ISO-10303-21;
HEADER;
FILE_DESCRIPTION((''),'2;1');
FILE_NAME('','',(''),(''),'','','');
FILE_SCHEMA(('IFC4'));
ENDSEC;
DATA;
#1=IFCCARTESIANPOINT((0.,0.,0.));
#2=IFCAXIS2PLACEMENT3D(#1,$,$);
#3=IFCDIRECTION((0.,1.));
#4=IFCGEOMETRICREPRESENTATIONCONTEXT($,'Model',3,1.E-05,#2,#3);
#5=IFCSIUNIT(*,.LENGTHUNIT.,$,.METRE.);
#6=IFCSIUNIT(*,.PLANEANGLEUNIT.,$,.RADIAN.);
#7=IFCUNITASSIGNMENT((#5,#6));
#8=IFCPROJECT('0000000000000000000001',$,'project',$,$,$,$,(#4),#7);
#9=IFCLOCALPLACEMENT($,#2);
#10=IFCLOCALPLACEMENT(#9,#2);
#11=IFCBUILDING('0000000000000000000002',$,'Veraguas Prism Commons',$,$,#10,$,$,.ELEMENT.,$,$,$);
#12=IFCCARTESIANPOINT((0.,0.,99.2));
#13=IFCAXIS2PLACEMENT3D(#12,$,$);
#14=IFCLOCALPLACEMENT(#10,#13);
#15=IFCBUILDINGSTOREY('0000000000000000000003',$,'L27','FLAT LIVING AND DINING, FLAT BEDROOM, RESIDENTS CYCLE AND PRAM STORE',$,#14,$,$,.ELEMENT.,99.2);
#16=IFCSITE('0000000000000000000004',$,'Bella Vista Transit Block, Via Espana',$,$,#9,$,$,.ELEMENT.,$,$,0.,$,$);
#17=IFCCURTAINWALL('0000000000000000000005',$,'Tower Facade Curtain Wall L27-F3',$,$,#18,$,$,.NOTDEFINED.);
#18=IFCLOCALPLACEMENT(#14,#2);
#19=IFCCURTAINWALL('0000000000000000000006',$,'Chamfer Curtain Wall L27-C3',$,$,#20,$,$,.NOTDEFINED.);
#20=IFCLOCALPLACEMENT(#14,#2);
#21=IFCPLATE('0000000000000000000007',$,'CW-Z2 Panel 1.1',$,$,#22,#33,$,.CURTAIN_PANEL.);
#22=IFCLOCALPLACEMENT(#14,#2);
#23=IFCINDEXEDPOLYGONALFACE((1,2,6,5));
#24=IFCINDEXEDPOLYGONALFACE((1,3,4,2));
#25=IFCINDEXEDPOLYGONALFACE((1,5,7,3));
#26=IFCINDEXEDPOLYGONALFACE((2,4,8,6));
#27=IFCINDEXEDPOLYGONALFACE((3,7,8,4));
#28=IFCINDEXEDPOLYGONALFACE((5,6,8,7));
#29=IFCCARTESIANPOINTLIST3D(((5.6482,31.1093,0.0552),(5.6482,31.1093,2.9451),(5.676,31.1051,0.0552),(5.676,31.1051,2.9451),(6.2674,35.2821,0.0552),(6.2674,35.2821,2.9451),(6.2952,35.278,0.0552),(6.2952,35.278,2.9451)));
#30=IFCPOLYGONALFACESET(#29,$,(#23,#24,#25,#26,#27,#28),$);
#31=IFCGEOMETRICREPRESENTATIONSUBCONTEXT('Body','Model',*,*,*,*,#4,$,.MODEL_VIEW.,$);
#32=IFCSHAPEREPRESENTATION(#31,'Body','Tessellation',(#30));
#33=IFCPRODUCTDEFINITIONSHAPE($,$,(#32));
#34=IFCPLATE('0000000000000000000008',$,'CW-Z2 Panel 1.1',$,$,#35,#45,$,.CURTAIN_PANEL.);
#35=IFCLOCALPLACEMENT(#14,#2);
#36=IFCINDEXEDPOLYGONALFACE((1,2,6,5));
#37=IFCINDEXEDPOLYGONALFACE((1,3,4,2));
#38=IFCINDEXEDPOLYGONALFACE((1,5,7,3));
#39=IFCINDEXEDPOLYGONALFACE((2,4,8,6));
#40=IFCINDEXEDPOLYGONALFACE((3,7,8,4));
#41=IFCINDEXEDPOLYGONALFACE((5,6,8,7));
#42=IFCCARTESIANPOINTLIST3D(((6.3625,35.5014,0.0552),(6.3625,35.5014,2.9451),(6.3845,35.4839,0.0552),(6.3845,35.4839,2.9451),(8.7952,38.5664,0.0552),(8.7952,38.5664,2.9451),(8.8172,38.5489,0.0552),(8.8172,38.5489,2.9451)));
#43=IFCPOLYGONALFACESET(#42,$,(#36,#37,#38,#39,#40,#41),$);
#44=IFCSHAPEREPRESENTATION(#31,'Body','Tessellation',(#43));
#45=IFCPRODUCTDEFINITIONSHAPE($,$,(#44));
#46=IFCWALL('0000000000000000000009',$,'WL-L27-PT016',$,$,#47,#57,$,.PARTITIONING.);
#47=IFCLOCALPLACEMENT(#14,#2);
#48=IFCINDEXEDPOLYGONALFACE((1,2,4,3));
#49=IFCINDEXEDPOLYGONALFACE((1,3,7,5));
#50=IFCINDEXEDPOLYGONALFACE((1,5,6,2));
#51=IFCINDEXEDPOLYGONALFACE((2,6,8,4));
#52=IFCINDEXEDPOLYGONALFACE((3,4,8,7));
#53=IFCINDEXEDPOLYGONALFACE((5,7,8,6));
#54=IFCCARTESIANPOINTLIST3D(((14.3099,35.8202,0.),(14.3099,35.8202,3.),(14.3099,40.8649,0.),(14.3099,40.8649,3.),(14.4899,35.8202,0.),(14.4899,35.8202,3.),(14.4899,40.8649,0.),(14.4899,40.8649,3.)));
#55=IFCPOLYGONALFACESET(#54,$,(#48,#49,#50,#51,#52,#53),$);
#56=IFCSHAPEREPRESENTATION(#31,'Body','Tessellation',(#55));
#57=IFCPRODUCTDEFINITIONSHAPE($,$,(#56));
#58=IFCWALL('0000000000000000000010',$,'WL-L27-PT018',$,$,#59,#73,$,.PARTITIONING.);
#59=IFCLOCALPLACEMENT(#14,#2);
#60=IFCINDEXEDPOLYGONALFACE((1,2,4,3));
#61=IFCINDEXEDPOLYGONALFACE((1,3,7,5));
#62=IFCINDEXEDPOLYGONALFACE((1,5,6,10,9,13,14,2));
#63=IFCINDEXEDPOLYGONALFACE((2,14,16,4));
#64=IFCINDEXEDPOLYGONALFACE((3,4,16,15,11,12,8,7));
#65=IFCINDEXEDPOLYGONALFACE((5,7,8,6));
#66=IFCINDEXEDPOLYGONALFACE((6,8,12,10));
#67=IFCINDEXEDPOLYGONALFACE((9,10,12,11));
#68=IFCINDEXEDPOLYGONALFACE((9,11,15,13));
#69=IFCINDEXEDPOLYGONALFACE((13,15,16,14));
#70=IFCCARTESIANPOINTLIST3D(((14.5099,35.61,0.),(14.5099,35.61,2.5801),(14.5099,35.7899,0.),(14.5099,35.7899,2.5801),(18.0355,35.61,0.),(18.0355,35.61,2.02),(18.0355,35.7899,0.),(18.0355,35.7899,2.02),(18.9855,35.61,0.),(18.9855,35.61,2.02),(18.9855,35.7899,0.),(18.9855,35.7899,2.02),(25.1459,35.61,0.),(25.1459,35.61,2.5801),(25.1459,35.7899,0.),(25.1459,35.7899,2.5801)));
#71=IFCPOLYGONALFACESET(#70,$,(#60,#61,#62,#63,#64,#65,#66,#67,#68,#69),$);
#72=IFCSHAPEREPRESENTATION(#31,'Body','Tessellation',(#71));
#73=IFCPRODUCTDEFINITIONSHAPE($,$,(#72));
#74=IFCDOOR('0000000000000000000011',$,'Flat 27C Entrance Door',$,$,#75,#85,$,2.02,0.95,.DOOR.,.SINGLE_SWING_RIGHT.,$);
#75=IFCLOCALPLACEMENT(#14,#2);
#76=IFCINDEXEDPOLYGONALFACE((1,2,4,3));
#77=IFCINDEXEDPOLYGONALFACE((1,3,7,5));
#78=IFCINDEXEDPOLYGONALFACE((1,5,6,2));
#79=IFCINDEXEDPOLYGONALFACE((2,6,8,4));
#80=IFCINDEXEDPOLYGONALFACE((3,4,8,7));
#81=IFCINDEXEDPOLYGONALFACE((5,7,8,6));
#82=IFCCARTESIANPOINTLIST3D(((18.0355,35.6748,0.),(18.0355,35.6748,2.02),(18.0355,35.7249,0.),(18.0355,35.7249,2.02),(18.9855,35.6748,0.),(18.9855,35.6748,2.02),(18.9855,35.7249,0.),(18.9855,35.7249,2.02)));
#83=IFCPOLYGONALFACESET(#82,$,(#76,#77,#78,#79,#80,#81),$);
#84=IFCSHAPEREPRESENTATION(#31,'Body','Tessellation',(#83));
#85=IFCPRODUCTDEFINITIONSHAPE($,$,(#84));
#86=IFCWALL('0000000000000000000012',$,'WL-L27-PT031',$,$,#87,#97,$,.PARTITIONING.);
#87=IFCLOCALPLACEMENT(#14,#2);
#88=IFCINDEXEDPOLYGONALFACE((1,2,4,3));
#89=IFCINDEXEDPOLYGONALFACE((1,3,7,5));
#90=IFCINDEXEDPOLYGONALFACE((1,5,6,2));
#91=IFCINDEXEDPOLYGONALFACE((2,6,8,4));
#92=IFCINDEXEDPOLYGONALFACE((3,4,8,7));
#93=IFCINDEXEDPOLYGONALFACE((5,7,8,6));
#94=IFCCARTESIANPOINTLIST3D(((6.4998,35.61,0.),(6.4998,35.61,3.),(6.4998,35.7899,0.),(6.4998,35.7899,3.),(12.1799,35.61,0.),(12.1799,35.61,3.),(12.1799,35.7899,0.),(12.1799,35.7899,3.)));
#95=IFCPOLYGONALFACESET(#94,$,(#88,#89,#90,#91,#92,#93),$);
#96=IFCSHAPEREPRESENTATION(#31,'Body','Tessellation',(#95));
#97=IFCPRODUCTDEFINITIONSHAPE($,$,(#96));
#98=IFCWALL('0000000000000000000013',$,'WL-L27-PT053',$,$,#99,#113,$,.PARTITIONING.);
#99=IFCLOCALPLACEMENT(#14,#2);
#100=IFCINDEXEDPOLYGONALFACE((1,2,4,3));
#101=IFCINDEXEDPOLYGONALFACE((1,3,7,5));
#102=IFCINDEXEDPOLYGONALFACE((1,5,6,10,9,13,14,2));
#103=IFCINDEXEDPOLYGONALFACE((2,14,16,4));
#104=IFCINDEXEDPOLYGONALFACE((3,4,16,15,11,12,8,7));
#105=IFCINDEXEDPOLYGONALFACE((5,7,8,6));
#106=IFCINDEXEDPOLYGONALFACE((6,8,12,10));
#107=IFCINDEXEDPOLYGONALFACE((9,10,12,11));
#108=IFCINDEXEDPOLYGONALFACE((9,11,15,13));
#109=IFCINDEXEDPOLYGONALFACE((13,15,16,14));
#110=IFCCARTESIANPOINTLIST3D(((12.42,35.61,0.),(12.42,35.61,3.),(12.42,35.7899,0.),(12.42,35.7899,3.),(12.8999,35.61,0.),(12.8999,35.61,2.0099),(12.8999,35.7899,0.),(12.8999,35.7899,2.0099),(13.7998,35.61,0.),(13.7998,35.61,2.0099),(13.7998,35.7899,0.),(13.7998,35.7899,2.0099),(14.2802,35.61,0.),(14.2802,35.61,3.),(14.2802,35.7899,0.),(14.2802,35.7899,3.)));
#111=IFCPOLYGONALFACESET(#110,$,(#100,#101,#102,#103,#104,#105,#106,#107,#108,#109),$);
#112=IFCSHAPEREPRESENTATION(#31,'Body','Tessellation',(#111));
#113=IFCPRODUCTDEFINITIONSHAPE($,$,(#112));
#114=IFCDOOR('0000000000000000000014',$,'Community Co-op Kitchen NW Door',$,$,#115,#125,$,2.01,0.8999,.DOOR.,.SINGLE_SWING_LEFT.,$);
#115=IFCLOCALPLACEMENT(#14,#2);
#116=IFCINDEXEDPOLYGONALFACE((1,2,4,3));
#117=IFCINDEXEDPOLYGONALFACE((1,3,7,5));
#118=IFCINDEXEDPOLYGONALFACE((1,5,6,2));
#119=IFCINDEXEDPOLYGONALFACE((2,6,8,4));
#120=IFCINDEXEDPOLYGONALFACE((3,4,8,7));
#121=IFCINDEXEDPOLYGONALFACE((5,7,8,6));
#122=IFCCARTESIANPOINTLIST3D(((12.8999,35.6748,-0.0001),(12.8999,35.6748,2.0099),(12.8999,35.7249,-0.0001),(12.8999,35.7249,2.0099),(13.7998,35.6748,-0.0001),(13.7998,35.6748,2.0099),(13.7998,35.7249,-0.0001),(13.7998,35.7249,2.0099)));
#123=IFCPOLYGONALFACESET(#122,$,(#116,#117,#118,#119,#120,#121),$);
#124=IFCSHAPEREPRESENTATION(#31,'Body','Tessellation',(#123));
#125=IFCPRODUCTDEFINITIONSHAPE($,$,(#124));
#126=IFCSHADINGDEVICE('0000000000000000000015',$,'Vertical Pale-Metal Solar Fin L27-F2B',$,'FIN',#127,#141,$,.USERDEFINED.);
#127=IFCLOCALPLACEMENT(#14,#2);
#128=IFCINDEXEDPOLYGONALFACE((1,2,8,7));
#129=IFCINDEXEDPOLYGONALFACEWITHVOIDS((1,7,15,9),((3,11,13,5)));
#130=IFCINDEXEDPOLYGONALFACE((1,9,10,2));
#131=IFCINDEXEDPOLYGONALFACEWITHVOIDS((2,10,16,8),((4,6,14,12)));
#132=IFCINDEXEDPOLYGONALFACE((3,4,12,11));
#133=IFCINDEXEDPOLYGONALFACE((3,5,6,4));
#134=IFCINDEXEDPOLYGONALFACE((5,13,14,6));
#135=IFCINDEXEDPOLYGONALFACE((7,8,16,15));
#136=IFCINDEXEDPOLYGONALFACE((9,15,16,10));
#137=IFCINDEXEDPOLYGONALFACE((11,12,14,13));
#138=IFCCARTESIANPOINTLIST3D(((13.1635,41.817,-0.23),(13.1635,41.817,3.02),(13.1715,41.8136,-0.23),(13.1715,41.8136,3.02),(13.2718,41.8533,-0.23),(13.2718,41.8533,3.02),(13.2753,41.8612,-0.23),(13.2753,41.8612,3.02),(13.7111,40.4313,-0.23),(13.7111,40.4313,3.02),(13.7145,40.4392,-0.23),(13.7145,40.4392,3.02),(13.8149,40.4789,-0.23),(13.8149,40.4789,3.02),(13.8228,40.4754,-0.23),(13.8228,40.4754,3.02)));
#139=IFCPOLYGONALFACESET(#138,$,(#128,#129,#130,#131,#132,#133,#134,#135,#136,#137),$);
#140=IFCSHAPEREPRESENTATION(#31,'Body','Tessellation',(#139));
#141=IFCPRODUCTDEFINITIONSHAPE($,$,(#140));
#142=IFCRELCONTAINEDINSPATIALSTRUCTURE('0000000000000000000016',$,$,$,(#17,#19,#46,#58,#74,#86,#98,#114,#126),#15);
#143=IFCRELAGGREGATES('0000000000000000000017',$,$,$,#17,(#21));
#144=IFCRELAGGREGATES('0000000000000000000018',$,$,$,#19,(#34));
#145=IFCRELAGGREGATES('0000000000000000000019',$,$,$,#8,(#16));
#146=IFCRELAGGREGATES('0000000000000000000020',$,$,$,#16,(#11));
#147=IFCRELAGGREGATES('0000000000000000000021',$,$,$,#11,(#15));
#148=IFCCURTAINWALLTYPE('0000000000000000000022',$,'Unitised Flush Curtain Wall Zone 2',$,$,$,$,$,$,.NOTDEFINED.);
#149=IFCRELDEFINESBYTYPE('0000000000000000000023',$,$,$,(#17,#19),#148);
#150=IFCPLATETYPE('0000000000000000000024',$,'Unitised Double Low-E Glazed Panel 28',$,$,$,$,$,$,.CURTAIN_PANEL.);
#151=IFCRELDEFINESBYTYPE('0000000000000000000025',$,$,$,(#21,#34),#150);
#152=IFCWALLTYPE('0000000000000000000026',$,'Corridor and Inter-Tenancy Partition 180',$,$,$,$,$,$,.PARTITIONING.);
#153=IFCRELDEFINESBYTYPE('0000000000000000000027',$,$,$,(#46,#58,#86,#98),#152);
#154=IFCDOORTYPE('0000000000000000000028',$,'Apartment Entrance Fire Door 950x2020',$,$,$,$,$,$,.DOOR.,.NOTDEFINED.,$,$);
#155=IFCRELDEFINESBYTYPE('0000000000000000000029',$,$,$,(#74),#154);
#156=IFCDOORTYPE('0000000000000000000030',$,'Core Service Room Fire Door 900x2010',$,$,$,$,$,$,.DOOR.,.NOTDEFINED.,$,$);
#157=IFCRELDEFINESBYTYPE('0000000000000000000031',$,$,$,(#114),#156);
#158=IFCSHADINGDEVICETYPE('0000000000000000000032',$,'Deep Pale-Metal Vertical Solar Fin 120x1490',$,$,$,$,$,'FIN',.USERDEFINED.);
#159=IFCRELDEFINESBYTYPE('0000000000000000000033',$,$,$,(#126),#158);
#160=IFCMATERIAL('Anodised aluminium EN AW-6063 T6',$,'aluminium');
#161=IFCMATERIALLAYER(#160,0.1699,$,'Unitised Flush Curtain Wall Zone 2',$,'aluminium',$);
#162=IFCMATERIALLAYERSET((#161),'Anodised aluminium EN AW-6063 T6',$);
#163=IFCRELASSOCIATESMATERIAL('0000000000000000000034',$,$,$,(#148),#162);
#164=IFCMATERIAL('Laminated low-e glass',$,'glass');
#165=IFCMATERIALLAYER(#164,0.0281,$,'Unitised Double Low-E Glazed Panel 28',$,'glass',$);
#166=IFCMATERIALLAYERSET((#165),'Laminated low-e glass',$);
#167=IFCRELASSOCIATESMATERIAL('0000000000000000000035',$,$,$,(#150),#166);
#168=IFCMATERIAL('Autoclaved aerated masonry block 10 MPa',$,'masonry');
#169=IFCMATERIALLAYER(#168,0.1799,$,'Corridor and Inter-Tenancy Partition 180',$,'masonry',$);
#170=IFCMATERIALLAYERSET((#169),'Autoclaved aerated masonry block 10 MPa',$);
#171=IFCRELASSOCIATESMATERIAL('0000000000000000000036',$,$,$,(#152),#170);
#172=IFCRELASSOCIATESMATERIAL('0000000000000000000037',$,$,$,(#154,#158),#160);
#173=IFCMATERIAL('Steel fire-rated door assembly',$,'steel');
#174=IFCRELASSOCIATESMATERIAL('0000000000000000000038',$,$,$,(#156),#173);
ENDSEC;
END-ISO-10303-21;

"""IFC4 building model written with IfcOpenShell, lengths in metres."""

from ifc_helpers import new_model, si_unit, direction, frame, frame_2d, origin, origin_2d, place, context, subcontext, project, spatial, rectangle, hollow_rectangle, extrude, source, transform, mapped, material, layer, layer_set, material_profile, profile_set, type_object, element, fill, aggregate, save


model = new_model("IFC4")

# Units and contexts
model_context = context("Model", 3, precision=1e-05, world=origin(), true_north=direction((0.0, 1.0)))
body_context = subcontext(model_context, "Body", "Model", "MODEL_VIEW")
ifc_project = project(units=[si_unit("LENGTHUNIT", "METRE"), si_unit("PLANEANGLEUNIT", "RADIAN")], contexts=[model_context])

# Site, building, storey
site_placement = place(None, origin())
site = spatial("IfcSite", under=ifc_project, at=site_placement, Name="Bella Vista Transit Block, Via Espana", CompositionType="ELEMENT", RefElevation=0.0)
building_placement = place(site_placement, origin())
building = spatial("IfcBuilding", under=site, at=building_placement, Name="Veraguas Prism Commons", CompositionType="ELEMENT")
storey_placement = place(building_placement, frame((0.0, 0.0, 99.2)))
storey = spatial("IfcBuildingStorey", under=building, at=storey_placement, Name="L27", Description="FLAT LIVING AND DINING, FLAT BEDROOM, RESIDENTS CYCLE AND PRAM STORE", CompositionType="ELEMENT", Elevation=99.2)

# Curtain walls
ifc_material_1 = material(Name="Anodised aluminium EN AW-6063 T6", Category="aluminium")
ifc_layer_1 = layer(ifc_material_1, 0.1699, Name="Unitised Flush Curtain Wall Zone 2", Category="aluminium")
ifc_layer_set_1 = layer_set([ifc_layer_1], Name="Anodised aluminium EN AW-6063 T6")
curtain_wall_type = type_object("IfcCurtainWallType", Name="Unitised Flush Curtain Wall Zone 2", PredefinedType="NOTDEFINED", material=ifc_layer_set_1)
curtain_wall_1_placement = place(storey_placement, origin())
curtain_wall_1 = element("IfcCurtainWall", 1, at=curtain_wall_1_placement, inside=storey, type_object=curtain_wall_type, Name="Tower Facade Curtain Wall L27-F3", PredefinedType="NOTDEFINED")
curtain_wall_2_placement = place(storey_placement, origin())
curtain_wall_2 = element("IfcCurtainWall", 2, at=curtain_wall_2_placement, inside=storey, type_object=curtain_wall_type, Name="Chamfer Curtain Wall L27-C3", PredefinedType="NOTDEFINED")

# Plates
ifc_material_2 = material(Name="Laminated low-e glass", Category="glass")
ifc_layer_2 = layer(ifc_material_2, 0.0281, Name="Unitised Double Low-E Glazed Panel 28", Category="glass")
ifc_layer_set_2 = layer_set([ifc_layer_2], Name="Laminated low-e glass")
plate_type = type_object("IfcPlateType", Name="Unitised Double Low-E Glazed Panel 28", PredefinedType="CURTAIN_PANEL", material=ifc_layer_set_2)
shared_shape_1 = source(origin(), body_context, "Body", "SweptSolid", [
    extrude(rectangle(XDim=4.2185, YDim=0.0281, at=origin_2d()), origin(), (0.0, 0.0, 1.0), 2.8899),
])
plate_1_placement = place(storey_placement, frame((5.9717, 33.1936, 0.0552), z_axis=(0.0, 0.0, 1.0), x_axis=(-0.146777, -0.98917, 0.0)))
plate_1 = element("IfcPlate", 3, at=plate_1_placement, type_object=plate_type, Name="CW-Z2 Panel 1.1", PredefinedType="CURTAIN_PANEL", context=body_context, shape_type="MappedRepresentation", body=[
    mapped(shared_shape_1, transform((0.0, 0.0, 0.0), scale=1.0)),
])
aggregate(curtain_wall_1, [plate_1])
shared_shape_2 = source(origin(), body_context, "Body", "SweptSolid", [
    extrude(rectangle(XDim=3.9131, YDim=0.0281, at=origin_2d()), origin(), (0.0, 0.0, 1.0), 2.8899),
])
plate_2_placement = place(storey_placement, frame((7.5898, 37.0251, 0.0552), z_axis=(0.0, 0.0, 1.0), x_axis=(-0.621682, -0.783269, 0.0)))
plate_2 = element("IfcPlate", 4, at=plate_2_placement, type_object=plate_type, Name="CW-Z2 Panel 1.1", PredefinedType="CURTAIN_PANEL", context=body_context, shape_type="MappedRepresentation", body=[
    mapped(shared_shape_2, transform((0.0, 0.0, 0.0), scale=1.0)),
])
aggregate(curtain_wall_2, [plate_2])

# Wall
ifc_material_3 = material(Name="Autoclaved aerated masonry block 10 MPa", Category="masonry")
ifc_layer_3 = layer(ifc_material_3, 0.1799, Name="Corridor and Inter-Tenancy Partition 180", Category="masonry")
ifc_layer_set_3 = layer_set([ifc_layer_3], Name="Autoclaved aerated masonry block 10 MPa")
wall_type = type_object("IfcWallType", Name="Corridor and Inter-Tenancy Partition 180", PredefinedType="PARTITIONING", material=ifc_layer_set_3)
wall_1_placement = place(storey_placement, frame((14.3999, 35.8201, 0.0), z_axis=(0.0, 0.0, 1.0), x_axis=(0.0, 1.0, 0.0)))
element("IfcWall", 5, at=wall_1_placement, inside=storey, type_object=wall_type, Name="WL-L27-PT016", PredefinedType="PARTITIONING", context=body_context, shape_type="SweptSolid", body=[
    extrude(rectangle(XDim=5.0447, YDim=0.1799, at=frame_2d((2.5225, 0.0))), origin(), (0.0, 0.0, 1.0), 3.0),
])

# Wall, opening, door
wall_2_placement = place(storey_placement, frame((14.51, 35.7, 0.0), z_axis=(0.0, 0.0, 1.0), x_axis=(1.0, 0.0, 0.0)))
wall_2 = element("IfcWall", 6, at=wall_2_placement, inside=storey, type_object=wall_type, Name="WL-L27-PT018", PredefinedType="PARTITIONING", context=body_context, shape_type="SweptSolid", body=[
    extrude(rectangle(XDim=10.636, YDim=0.1799, at=frame_2d((5.3179, 0.0))), origin(), (0.0, 0.0, 1.0), 2.5801),
])
opening_1_placement = place(wall_2_placement, frame((3.5254, 0.0, 0.0)))
opening_1 = element("IfcOpeningElement", 7, at=opening_1_placement, cuts=wall_2, PredefinedType="OPENING", context=body_context, shape_type="SweptSolid", body=[
    extrude(rectangle(XDim=0.95, YDim=2.02, at=frame_2d((0.4751, 1.01))), frame((0.0, 0.0999, 0.0), z_axis=(0.0, -1.0, 0.0), x_axis=(1.0, 0.0, 0.0)), (0.0, 0.0, 1.0), 0.2),
])
door_type_1 = type_object("IfcDoorType", Name="Apartment Entrance Fire Door 950x2020", OperationType="NOTDEFINED", PredefinedType="DOOR", material=ifc_material_1)
shared_shape_3 = source(origin(), body_context, "Body", "SweptSolid", [
    extrude(rectangle(XDim=0.95, YDim=2.02, at=frame_2d((0.4751, 1.01))), frame((0.0, 0.0249, 0.0), z_axis=(0.0, -1.0, 0.0), x_axis=(1.0, 0.0, 0.0)), (0.0, 0.0, 1.0), 0.05),
])
door_1_placement = place(opening_1_placement, origin())
door_1 = element("IfcDoor", 8, at=door_1_placement, inside=storey, type_object=door_type_1, Name="Flat 27C Entrance Door", OperationType="SINGLE_SWING_RIGHT", OverallHeight=2.02, OverallWidth=0.95, PredefinedType="DOOR", context=body_context, shape_type="MappedRepresentation", body=[
    mapped(shared_shape_3, transform((0.0, 0.0, 0.0), scale=1.0)),
])
fill(opening_1, door_1)

# Wall
wall_3_placement = place(storey_placement, frame((12.1799, 35.7, 0.0), z_axis=(0.0, 0.0, 1.0), x_axis=(-1.0, 0.0, 0.0)))
element("IfcWall", 9, at=wall_3_placement, inside=storey, type_object=wall_type, Name="WL-L27-PT031", PredefinedType="PARTITIONING", context=body_context, shape_type="SweptSolid", body=[
    extrude(rectangle(XDim=5.6802, YDim=0.1799, at=frame_2d((2.8401, 0.0))), origin(), (0.0, 0.0, 1.0), 3.0),
])

# Wall, opening, door
wall_4_placement = place(storey_placement, frame((12.4199, 35.7, 0.0), z_axis=(0.0, 0.0, 1.0), x_axis=(1.0, 0.0, 0.0)))
wall_4 = element("IfcWall", 10, at=wall_4_placement, inside=storey, type_object=wall_type, Name="WL-L27-PT053", PredefinedType="PARTITIONING", context=body_context, shape_type="SweptSolid", body=[
    extrude(rectangle(XDim=1.8601, YDim=0.1799, at=frame_2d((0.9302, 0.0))), origin(), (0.0, 0.0, 1.0), 3.0),
])
opening_2_placement = place(wall_4_placement, frame((0.48, 0.0, 0.0)))
opening_2 = element("IfcOpeningElement", 11, at=opening_2_placement, cuts=wall_4, PredefinedType="OPENING", context=body_context, shape_type="SweptSolid", body=[
    extrude(rectangle(XDim=0.8999, YDim=2.01, at=frame_2d((0.45, 1.0049))), frame((0.0, 0.0999, 0.0), z_axis=(0.0, -1.0, 0.0), x_axis=(1.0, 0.0, 0.0)), (0.0, 0.0, 1.0), 0.2),
])
ifc_material_4 = material(Name="Steel fire-rated door assembly", Category="steel")
door_type_2 = type_object("IfcDoorType", Name="Core Service Room Fire Door 900x2010", OperationType="NOTDEFINED", PredefinedType="DOOR", material=ifc_material_4)
shared_shape_4 = source(origin(), body_context, "Body", "SweptSolid", [
    extrude(rectangle(XDim=0.8999, YDim=2.01, at=frame_2d((0.45, 1.0049))), frame((0.0, 0.0249, 0.0), z_axis=(0.0, -1.0, 0.0), x_axis=(1.0, 0.0, 0.0)), (0.0, 0.0, 1.0), 0.05),
])
door_2_placement = place(opening_2_placement, origin())
door_2 = element("IfcDoor", 12, at=door_2_placement, inside=storey, type_object=door_type_2, Name="Community Co-op Kitchen NW Door", OperationType="SINGLE_SWING_LEFT", OverallHeight=2.01, OverallWidth=0.8999, PredefinedType="DOOR", context=body_context, shape_type="MappedRepresentation", body=[
    mapped(shared_shape_4, transform((0.0, 0.0, 0.0), scale=1.0)),
])
fill(opening_2, door_2)

# Shading device
ifc_material_profile_1 = material_profile(ifc_material_1, hollow_rectangle(XDim=0.1201, YDim=1.49, WallThickness=0.0061, at=origin_2d()), Name="FIN120X1490X6")
ifc_profile_set_1 = profile_set([ifc_material_profile_1], Name="Anodised aluminium EN AW-6063 T6")
shading_device_type = type_object("IfcShadingDeviceType", Name="Deep Pale-Metal Vertical Solar Fin 120x1490", ElementType="FIN", PredefinedType="USERDEFINED", material=ifc_profile_set_1)
shading_device_placement = place(storey_placement, frame((13.4932, 41.1462, -0.23), z_axis=(0.0, 0.0, 1.0), x_axis=(-0.930034, -0.367474, 0.0)))
element("IfcShadingDevice", 13, at=shading_device_placement, inside=storey, type_object=shading_device_type, Name="Vertical Pale-Metal Solar Fin L27-F2B", ObjectType="FIN", PredefinedType="USERDEFINED", context=body_context, shape_type="SweptSolid", body=[
    extrude(hollow_rectangle(XDim=0.1201, YDim=1.49, WallThickness=0.0061, at=origin_2d()), origin(), (0.0, 0.0, 1.0), 3.25),
])

save(model, "model.ifc")
